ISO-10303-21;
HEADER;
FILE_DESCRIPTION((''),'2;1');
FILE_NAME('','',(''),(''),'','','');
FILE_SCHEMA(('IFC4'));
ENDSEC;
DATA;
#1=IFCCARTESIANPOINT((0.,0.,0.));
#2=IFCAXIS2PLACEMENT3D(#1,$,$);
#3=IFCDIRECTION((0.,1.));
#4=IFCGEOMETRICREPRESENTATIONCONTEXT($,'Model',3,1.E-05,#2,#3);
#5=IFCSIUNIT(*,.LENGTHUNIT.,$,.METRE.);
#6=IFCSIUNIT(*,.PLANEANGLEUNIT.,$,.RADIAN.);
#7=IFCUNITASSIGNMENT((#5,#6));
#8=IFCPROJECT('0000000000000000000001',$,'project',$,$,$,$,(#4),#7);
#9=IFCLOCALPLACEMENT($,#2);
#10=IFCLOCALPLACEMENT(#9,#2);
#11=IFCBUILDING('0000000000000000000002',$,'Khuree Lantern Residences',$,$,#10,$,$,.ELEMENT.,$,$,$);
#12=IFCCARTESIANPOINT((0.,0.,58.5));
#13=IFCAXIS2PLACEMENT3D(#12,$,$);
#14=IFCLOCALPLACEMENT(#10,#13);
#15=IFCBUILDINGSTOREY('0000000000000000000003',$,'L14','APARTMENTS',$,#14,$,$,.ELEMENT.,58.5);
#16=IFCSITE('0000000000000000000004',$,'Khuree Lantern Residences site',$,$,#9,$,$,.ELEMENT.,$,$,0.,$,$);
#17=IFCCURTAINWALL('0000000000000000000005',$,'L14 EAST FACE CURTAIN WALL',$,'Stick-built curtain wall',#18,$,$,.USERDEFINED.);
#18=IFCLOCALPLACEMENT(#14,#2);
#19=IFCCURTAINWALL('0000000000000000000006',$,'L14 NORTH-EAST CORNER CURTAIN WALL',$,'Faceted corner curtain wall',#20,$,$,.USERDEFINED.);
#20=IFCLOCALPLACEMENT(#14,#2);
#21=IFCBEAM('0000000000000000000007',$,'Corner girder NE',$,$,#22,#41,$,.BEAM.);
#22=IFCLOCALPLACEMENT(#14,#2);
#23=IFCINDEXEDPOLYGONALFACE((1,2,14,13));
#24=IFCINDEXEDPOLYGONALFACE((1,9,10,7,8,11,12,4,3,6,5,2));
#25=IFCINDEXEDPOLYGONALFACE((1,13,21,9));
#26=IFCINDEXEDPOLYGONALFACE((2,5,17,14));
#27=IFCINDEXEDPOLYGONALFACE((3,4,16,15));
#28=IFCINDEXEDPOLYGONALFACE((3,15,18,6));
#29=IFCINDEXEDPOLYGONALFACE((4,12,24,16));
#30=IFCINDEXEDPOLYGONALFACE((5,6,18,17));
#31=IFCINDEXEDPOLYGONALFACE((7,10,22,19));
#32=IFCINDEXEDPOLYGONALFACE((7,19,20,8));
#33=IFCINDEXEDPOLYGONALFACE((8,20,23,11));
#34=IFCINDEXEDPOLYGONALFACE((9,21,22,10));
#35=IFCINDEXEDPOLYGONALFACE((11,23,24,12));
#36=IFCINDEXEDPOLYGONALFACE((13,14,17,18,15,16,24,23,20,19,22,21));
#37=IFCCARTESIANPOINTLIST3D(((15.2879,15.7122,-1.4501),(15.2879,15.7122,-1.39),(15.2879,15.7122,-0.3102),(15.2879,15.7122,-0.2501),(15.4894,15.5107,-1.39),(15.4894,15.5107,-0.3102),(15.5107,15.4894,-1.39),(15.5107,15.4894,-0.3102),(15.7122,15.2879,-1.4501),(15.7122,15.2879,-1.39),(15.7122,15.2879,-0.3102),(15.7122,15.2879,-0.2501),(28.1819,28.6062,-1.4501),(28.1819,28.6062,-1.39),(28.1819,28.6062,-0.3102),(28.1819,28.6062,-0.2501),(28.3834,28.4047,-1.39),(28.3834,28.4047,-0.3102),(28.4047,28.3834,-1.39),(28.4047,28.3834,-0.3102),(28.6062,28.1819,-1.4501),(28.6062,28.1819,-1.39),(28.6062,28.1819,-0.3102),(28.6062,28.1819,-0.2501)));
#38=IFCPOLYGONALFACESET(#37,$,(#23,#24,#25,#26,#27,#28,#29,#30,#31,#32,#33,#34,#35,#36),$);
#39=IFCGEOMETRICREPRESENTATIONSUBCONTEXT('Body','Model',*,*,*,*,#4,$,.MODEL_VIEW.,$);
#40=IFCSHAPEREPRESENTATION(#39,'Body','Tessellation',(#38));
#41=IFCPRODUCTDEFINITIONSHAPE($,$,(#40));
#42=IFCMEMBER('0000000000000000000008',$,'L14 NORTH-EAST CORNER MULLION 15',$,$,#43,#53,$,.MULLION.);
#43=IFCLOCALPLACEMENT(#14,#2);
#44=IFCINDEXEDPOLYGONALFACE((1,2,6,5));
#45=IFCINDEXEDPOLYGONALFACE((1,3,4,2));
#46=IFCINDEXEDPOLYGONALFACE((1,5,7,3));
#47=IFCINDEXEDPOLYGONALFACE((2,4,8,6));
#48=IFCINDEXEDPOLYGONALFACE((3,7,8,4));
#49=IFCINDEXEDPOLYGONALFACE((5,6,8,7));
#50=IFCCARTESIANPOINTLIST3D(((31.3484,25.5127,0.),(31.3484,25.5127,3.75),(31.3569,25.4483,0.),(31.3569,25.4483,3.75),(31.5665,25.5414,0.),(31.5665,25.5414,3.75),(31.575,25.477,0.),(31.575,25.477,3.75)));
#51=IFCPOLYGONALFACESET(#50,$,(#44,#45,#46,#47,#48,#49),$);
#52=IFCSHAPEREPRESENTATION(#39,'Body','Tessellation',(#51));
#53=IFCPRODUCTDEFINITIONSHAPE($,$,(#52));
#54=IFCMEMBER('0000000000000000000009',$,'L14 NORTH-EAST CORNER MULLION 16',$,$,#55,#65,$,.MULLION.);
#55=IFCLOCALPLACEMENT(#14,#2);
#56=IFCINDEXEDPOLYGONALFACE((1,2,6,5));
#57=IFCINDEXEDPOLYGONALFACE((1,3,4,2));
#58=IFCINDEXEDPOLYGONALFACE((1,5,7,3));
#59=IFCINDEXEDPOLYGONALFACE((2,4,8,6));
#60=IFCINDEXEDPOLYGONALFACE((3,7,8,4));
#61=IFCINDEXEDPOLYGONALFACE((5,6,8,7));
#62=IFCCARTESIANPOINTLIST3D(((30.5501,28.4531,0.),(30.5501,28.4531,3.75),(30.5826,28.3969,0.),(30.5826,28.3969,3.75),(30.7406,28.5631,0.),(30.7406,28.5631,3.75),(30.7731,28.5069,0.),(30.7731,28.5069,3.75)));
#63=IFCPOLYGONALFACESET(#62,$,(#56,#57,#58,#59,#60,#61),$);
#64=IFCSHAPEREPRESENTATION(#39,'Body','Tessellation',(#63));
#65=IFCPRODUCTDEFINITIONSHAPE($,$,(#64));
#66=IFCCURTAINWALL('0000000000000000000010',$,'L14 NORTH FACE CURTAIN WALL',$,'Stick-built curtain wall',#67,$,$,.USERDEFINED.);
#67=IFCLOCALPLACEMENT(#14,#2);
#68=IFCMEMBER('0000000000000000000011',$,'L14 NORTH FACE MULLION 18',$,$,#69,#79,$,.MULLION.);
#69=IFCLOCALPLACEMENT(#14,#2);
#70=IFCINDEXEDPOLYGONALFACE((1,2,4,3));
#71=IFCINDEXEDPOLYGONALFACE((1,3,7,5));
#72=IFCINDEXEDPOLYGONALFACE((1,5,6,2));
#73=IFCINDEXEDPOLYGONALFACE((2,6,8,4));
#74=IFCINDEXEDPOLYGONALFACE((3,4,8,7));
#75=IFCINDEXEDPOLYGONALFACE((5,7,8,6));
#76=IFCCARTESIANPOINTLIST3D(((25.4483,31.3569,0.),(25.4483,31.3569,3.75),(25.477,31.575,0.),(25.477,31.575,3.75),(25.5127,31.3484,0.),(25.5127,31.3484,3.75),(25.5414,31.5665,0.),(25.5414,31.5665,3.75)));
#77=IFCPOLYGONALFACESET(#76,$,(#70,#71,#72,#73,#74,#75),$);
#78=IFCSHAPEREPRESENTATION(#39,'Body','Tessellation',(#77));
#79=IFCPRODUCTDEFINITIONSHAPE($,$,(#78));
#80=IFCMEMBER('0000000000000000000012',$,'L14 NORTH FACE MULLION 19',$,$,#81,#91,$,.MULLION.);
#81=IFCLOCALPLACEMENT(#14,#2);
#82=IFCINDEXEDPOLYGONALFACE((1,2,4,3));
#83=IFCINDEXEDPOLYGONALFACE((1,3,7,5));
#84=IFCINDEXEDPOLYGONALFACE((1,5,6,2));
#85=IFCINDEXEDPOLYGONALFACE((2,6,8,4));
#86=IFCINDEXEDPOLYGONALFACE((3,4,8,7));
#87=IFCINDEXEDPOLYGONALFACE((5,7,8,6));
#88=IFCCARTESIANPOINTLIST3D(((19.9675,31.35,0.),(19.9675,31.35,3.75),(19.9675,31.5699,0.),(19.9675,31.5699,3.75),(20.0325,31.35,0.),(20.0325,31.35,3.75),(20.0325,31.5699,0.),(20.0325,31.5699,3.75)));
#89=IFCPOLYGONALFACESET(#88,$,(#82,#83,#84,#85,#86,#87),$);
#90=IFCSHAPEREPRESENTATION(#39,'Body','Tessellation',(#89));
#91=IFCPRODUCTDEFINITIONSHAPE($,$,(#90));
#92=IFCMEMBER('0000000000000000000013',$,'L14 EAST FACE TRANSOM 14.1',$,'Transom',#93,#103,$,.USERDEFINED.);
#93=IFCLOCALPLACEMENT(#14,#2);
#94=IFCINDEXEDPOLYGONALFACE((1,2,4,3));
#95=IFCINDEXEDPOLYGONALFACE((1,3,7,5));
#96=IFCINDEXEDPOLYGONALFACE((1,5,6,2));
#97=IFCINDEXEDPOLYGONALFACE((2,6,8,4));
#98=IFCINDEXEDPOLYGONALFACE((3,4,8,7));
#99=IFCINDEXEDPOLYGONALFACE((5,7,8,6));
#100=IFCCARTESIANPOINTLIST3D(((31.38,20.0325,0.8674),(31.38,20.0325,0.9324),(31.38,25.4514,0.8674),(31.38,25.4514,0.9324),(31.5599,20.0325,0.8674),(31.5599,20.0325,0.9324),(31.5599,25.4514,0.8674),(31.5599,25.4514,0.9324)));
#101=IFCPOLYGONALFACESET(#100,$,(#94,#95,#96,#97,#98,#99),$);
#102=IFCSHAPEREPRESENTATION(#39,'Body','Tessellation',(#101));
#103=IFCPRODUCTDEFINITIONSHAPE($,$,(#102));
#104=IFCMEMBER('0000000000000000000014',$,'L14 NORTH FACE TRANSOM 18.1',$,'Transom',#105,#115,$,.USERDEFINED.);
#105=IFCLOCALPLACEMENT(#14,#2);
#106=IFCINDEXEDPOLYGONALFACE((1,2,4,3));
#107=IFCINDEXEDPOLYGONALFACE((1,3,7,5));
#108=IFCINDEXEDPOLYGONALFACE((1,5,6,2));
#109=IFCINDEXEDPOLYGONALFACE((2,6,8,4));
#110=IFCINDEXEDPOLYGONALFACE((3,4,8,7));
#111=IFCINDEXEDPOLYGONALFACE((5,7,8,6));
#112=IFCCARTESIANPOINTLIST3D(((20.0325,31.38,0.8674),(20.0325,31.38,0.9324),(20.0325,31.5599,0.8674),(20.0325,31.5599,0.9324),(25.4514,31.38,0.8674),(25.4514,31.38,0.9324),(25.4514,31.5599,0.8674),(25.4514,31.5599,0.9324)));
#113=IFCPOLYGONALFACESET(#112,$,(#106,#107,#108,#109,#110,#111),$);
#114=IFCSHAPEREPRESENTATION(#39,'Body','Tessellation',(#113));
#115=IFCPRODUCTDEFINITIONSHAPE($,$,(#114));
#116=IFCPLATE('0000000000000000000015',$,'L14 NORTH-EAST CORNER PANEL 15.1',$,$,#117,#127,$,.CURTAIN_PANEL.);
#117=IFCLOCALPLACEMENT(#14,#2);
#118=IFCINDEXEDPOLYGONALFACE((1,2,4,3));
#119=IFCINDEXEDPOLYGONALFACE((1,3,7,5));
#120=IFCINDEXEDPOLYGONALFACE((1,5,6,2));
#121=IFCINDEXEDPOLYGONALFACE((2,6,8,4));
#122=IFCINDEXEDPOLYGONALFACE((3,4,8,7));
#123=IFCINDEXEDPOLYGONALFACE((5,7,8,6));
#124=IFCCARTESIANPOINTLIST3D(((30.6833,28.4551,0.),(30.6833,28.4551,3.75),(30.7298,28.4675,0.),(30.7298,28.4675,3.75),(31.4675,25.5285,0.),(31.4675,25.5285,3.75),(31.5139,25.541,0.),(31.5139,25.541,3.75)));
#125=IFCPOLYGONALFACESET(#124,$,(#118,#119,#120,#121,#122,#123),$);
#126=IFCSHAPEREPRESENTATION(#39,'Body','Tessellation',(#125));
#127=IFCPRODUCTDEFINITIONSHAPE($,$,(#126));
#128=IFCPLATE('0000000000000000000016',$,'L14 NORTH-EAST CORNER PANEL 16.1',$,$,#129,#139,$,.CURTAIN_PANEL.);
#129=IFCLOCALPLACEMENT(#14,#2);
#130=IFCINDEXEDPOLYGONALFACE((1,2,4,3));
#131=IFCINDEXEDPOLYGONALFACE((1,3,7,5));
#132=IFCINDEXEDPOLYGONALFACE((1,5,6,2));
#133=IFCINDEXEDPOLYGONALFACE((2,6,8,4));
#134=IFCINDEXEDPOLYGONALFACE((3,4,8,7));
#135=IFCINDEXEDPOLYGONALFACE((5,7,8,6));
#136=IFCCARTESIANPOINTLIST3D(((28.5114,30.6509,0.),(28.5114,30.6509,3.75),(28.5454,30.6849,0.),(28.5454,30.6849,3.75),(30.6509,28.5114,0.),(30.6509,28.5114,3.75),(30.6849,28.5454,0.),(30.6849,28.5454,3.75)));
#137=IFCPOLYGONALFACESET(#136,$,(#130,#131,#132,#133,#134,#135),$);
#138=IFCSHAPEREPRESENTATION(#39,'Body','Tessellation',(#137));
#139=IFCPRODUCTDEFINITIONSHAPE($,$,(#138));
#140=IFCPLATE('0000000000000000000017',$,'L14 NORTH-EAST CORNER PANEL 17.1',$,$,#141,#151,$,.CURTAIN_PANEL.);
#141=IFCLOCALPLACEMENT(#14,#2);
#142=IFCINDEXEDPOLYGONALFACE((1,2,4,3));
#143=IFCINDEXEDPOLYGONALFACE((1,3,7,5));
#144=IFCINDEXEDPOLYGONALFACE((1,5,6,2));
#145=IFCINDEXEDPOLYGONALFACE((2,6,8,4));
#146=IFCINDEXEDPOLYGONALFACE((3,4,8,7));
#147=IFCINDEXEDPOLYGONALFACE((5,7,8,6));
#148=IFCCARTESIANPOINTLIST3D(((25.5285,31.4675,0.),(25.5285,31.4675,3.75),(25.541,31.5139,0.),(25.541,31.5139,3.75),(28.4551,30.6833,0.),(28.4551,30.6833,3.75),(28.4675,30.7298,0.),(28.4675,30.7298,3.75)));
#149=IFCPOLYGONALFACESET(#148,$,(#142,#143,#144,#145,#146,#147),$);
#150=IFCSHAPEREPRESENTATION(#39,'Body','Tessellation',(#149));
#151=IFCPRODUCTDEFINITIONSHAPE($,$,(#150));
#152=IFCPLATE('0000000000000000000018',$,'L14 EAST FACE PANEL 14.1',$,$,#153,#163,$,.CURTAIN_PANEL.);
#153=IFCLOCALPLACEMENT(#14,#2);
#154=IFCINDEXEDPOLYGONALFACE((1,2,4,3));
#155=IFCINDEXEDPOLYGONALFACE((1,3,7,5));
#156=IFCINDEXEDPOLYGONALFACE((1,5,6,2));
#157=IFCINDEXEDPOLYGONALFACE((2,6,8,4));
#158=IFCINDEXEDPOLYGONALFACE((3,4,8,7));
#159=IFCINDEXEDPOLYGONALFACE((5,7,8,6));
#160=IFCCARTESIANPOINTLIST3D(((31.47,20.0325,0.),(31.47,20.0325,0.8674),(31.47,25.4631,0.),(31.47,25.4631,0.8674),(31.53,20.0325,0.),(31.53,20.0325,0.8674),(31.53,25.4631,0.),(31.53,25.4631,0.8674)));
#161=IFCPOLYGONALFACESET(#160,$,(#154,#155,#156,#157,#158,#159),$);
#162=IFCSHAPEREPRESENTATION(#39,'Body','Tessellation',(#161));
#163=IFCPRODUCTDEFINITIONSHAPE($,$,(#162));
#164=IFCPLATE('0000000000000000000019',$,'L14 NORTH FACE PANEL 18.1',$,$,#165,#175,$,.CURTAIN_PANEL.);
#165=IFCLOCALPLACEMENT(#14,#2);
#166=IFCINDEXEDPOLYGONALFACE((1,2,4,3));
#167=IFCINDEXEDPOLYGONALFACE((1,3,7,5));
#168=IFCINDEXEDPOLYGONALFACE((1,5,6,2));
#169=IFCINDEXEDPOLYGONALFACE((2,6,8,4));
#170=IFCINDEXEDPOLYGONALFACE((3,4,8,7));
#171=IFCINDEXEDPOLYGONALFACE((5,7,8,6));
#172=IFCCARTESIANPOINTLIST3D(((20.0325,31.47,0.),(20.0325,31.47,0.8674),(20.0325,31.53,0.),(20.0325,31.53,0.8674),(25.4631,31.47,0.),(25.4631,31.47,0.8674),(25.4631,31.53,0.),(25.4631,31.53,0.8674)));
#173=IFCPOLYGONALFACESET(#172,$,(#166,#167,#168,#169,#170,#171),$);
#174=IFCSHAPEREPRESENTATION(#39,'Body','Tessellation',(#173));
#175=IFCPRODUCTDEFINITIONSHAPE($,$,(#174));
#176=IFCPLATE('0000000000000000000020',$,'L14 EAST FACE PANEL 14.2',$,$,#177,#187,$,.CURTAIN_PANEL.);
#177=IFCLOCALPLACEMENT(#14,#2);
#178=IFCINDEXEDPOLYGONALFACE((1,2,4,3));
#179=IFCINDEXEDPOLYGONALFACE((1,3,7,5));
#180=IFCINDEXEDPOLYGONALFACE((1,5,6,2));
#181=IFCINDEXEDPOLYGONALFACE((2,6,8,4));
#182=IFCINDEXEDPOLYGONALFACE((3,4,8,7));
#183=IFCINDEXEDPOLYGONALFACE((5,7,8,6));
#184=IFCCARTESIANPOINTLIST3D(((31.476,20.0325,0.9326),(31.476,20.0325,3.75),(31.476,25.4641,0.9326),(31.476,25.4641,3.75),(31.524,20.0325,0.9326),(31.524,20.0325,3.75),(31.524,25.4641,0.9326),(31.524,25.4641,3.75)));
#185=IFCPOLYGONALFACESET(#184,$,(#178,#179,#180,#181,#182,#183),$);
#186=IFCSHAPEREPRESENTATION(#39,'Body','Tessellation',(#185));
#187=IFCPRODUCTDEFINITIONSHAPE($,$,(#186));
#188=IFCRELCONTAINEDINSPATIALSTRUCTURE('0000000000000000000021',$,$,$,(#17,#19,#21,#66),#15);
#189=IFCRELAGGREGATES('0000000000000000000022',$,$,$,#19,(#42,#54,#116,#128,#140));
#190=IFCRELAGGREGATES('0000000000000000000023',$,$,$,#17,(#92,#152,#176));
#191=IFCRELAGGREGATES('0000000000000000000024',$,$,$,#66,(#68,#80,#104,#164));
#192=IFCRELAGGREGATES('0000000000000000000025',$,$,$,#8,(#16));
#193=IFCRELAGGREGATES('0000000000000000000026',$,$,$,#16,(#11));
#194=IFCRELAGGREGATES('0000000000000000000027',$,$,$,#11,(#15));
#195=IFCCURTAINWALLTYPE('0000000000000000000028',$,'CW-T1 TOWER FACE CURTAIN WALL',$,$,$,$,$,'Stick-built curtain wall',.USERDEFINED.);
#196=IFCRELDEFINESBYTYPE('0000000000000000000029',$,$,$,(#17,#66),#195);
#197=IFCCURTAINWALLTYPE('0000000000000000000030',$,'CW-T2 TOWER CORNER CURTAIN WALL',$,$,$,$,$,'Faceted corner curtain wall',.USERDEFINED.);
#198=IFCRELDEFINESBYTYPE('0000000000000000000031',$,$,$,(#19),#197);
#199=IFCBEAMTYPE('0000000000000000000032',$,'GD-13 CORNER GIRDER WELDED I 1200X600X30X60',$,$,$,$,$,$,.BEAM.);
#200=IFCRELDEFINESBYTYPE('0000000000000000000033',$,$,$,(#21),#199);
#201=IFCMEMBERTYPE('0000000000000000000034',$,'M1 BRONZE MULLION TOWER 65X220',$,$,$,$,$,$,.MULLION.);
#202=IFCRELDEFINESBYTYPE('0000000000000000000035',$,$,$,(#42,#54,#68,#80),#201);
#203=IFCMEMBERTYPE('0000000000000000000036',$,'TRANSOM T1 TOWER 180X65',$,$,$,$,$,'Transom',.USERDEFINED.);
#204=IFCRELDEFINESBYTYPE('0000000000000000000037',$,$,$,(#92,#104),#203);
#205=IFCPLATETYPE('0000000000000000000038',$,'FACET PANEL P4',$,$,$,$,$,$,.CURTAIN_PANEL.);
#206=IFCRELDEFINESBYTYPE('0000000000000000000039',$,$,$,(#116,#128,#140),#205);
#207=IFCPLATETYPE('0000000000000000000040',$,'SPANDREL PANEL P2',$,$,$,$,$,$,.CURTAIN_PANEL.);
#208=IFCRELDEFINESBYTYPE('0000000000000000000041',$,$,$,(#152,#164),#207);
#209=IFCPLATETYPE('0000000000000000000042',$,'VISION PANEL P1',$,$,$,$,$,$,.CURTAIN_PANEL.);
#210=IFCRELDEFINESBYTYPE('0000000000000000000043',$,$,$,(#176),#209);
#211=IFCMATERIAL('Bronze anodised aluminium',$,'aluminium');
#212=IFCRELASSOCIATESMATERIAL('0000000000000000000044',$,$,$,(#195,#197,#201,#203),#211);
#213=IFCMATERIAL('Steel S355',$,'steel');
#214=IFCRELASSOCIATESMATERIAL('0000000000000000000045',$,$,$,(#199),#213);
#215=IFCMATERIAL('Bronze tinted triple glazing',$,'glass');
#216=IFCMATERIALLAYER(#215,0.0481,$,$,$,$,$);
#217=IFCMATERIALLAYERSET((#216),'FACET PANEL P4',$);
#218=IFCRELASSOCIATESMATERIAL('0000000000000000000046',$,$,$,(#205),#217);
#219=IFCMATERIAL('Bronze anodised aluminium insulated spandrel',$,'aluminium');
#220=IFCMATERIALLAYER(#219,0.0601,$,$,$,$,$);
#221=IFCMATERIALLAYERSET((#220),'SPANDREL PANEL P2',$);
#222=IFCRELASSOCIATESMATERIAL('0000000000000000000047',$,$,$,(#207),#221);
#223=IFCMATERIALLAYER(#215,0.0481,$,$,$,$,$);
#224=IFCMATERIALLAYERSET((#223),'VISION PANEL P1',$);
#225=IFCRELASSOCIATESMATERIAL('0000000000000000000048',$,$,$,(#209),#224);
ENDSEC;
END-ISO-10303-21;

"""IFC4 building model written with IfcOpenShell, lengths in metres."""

from ifc_helpers import new_model, si_unit, direction, frame, origin, origin_2d, place, context, subcontext, project, spatial, rectangle, i_section, extrude, material, layer, layer_set, material_profile, profile_set, type_object, element, aggregate, save


model = new_model("IFC4")

# Units and contexts
model_context = context("Model", 3, precision=1e-05, world=origin(), true_north=direction((0.0, 1.0)))
body_context = subcontext(model_context, "Body", "Model", "MODEL_VIEW")
ifc_project = project(units=[si_unit("LENGTHUNIT", "METRE"), si_unit("PLANEANGLEUNIT", "RADIAN")], contexts=[model_context])

# Site, building, storey
site_placement = place(None, origin())
site = spatial("IfcSite", under=ifc_project, at=site_placement, Name="Khuree Lantern Residences site", CompositionType="ELEMENT", RefElevation=0.0)
building_placement = place(site_placement, origin())
building = spatial("IfcBuilding", under=site, at=building_placement, Name="Khuree Lantern Residences", CompositionType="ELEMENT")
storey_placement = place(building_placement, frame((0.0, 0.0, 58.5)))
storey = spatial("IfcBuildingStorey", under=building, at=storey_placement, Name="L14", Description="APARTMENTS", CompositionType="ELEMENT", Elevation=58.5)

# Shared definitions
ifc_material_1 = material(Name="Steel S355", Category="steel")

# Curtain walls
ifc_material_2 = material(Name="Bronze anodised aluminium", Category="aluminium")
curtain_wall_type_1 = type_object("IfcCurtainWallType", Name="CW-T1 TOWER FACE CURTAIN WALL", ElementType="Stick-built curtain wall", PredefinedType="USERDEFINED", material=ifc_material_2)
curtain_wall_1_placement = place(storey_placement, origin())
curtain_wall_1 = element("IfcCurtainWall", 1, at=curtain_wall_1_placement, inside=storey, type_object=curtain_wall_type_1, Name="L14 EAST FACE CURTAIN WALL", ObjectType="Stick-built curtain wall", PredefinedType="USERDEFINED")
curtain_wall_type_2 = type_object("IfcCurtainWallType", Name="CW-T2 TOWER CORNER CURTAIN WALL", ElementType="Faceted corner curtain wall", PredefinedType="USERDEFINED", material=ifc_material_2)
curtain_wall_2_placement = place(storey_placement, origin())
curtain_wall_2 = element("IfcCurtainWall", 2, at=curtain_wall_2_placement, inside=storey, type_object=curtain_wall_type_2, Name="L14 NORTH-EAST CORNER CURTAIN WALL", ObjectType="Faceted corner curtain wall", PredefinedType="USERDEFINED")

# Beam
ifc_material_profile_1 = material_profile(ifc_material_1, i_section(OverallWidth=0.6001, OverallDepth=1.2, WebThickness=0.03, FlangeThickness=0.0601, at=origin_2d()), Name="WELDED I 1200X600X30X60")
ifc_profile_set_1 = profile_set([ifc_material_profile_1], Name="Steel S355")
beam_type_1 = type_object("IfcBeamType", Name="GD-13 CORNER GIRDER WELDED I 1200X600X30X60", PredefinedType="BEAM", material=ifc_profile_set_1)
beam_1_placement = place(storey_placement, frame((28.394, 28.394, -0.8501), z_axis=(-0.707107, -0.707107, 0.0), x_axis=(0.707107, -0.707107, 0.0)))
element("IfcBeam", 3, at=beam_1_placement, inside=storey, type_object=beam_type_1, Name="Corner girder NE", PredefinedType="BEAM", context=body_context, shape_type="SweptSolid", body=[
    extrude(i_section(OverallWidth=0.6001, OverallDepth=1.2, WebThickness=0.03, FlangeThickness=0.0601, at=origin_2d()), origin(), (0.0, 0.0, 1.0), 18.2349),
])

# Members
ifc_material_profile_2 = material_profile(ifc_material_2, rectangle(XDim=0.0649, YDim=0.22, at=origin_2d()), Name="M1 65X220")
ifc_profile_set_2 = profile_set([ifc_material_profile_2], Name="Bronze anodised aluminium")
member_type_1 = type_object("IfcMemberType", Name="M1 BRONZE MULLION TOWER 65X220", PredefinedType="MULLION", material=ifc_profile_set_2)
member_1_placement = place(storey_placement, frame((31.4617, 25.4949, 0.0), z_axis=(0.0, 0.0, 1.0), x_axis=(-0.130526, 0.991445, 0.0)))
member_1 = element("IfcMember", 4, at=member_1_placement, type_object=member_type_1, Name="L14 NORTH-EAST CORNER MULLION 15", PredefinedType="MULLION", context=body_context, shape_type="SweptSolid", body=[
    extrude(rectangle(XDim=0.0649, YDim=0.22, at=origin_2d()), origin(), (0.0, 0.0, 1.0), 3.75),
])
member_2_placement = place(storey_placement, frame((30.6616, 28.48, 0.0), z_axis=(0.0, 0.0, 1.0), x_axis=(-0.5, 0.866025, 0.0)))
member_2 = element("IfcMember", 5, at=member_2_placement, type_object=member_type_1, Name="L14 NORTH-EAST CORNER MULLION 16", PredefinedType="MULLION", context=body_context, shape_type="SweptSolid", body=[
    extrude(rectangle(XDim=0.0649, YDim=0.22, at=origin_2d()), origin(), (0.0, 0.0, 1.0), 3.75),
])

# Curtain wall, members
curtain_wall_3_placement = place(storey_placement, origin())
curtain_wall_3 = element("IfcCurtainWall", 6, at=curtain_wall_3_placement, inside=storey, type_object=curtain_wall_type_1, Name="L14 NORTH FACE CURTAIN WALL", ObjectType="Stick-built curtain wall", PredefinedType="USERDEFINED")
member_3_placement = place(storey_placement, frame((25.4949, 31.4617, 0.0), z_axis=(0.0, 0.0, 1.0), x_axis=(-0.991445, 0.130526, 0.0)))
member_3 = element("IfcMember", 7, at=member_3_placement, type_object=member_type_1, Name="L14 NORTH FACE MULLION 18", PredefinedType="MULLION", context=body_context, shape_type="SweptSolid", body=[
    extrude(rectangle(XDim=0.0649, YDim=0.22, at=origin_2d()), origin(), (0.0, 0.0, 1.0), 3.75),
])
member_4_placement = place(storey_placement, frame((20.0, 31.46, 0.0), z_axis=(0.0, 0.0, 1.0), x_axis=(-1.0, 0.0, 0.0)))
member_4 = element("IfcMember", 8, at=member_4_placement, type_object=member_type_1, Name="L14 NORTH FACE MULLION 19", PredefinedType="MULLION", context=body_context, shape_type="SweptSolid", body=[
    extrude(rectangle(XDim=0.0649, YDim=0.22, at=origin_2d()), origin(), (0.0, 0.0, 1.0), 3.75),
])

# Members
ifc_material_profile_3 = material_profile(ifc_material_2, rectangle(XDim=0.1799, YDim=0.0649, at=origin_2d()), Name="T1 180X65")
ifc_profile_set_3 = profile_set([ifc_material_profile_3], Name="Bronze anodised aluminium")
member_type_2 = type_object("IfcMemberType", Name="TRANSOM T1 TOWER 180X65", ElementType="Transom", PredefinedType="USERDEFINED", material=ifc_profile_set_3)
member_5_placement = place(storey_placement, frame((31.47, 20.0325, 0.8999), z_axis=(0.0, 1.0, 0.0), x_axis=(-1.0, 0.0, 0.0)))
member_5 = element("IfcMember", 9, at=member_5_placement, type_object=member_type_2, Name="L14 EAST FACE TRANSOM 14.1", ObjectType="Transom", PredefinedType="USERDEFINED", context=body_context, shape_type="SweptSolid", body=[
    extrude(rectangle(XDim=0.1799, YDim=0.0649, at=origin_2d()), origin(), (0.0, 0.0, 1.0), 5.4189),
])
member_6_placement = place(storey_placement, frame((25.4514, 31.47, 0.8999), z_axis=(-1.0, 0.0, 0.0), x_axis=(0.0, -1.0, 0.0)))
member_6 = element("IfcMember", 10, at=member_6_placement, type_object=member_type_2, Name="L14 NORTH FACE TRANSOM 18.1", ObjectType="Transom", PredefinedType="USERDEFINED", context=body_context, shape_type="SweptSolid", body=[
    extrude(rectangle(XDim=0.1799, YDim=0.0649, at=origin_2d()), origin(), (0.0, 0.0, 1.0), 5.4189),
])

# Plates
ifc_material_3 = material(Name="Bronze tinted triple glazing", Category="glass")
ifc_layer_1 = layer(ifc_material_3, 0.0481)
ifc_layer_set_1 = layer_set([ifc_layer_1], Name="FACET PANEL P4")
plate_type_1 = type_object("IfcPlateType", Name="FACET PANEL P4", PredefinedType="CURTAIN_PANEL", material=ifc_layer_set_1)
plate_1_placement = place(storey_placement, frame((31.0986, 26.998, 0.0), z_axis=(0.0, 0.0, 1.0), x_axis=(-0.258819, 0.965926, 0.0)))
plate_1 = element("IfcPlate", 11, at=plate_1_placement, type_object=plate_type_1, Name="L14 NORTH-EAST CORNER PANEL 15.1", PredefinedType="CURTAIN_PANEL", context=body_context, shape_type="SweptSolid", body=[
    extrude(rectangle(XDim=3.0298, YDim=0.0481, at=origin_2d()), origin(), (0.0, 0.0, 1.0), 3.75),
])
plate_2_placement = place(storey_placement, frame((29.5981, 29.5981, 0.0), z_axis=(0.0, 0.0, 1.0), x_axis=(-0.707107, 0.707107, 0.0)))
plate_2 = element("IfcPlate", 12, at=plate_2_placement, type_object=plate_type_1, Name="L14 NORTH-EAST CORNER PANEL 16.1", PredefinedType="CURTAIN_PANEL", context=body_context, shape_type="SweptSolid", body=[
    extrude(rectangle(XDim=3.0256, YDim=0.0481, at=origin_2d()), origin(), (0.0, 0.0, 1.0), 3.75),
])
plate_3_placement = place(storey_placement, frame((26.998, 31.0986, 0.0), z_axis=(0.0, 0.0, 1.0), x_axis=(-0.965926, 0.258819, 0.0)))
plate_3 = element("IfcPlate", 13, at=plate_3_placement, type_object=plate_type_1, Name="L14 NORTH-EAST CORNER PANEL 17.1", PredefinedType="CURTAIN_PANEL", context=body_context, shape_type="SweptSolid", body=[
    extrude(rectangle(XDim=3.0298, YDim=0.0481, at=origin_2d()), origin(), (0.0, 0.0, 1.0), 3.75),
])
aggregate(curtain_wall_2, [member_1, member_2, plate_1, plate_2, plate_3])
ifc_material_4 = material(Name="Bronze anodised aluminium insulated spandrel", Category="aluminium")
ifc_layer_2 = layer(ifc_material_4, 0.0601)
ifc_layer_set_2 = layer_set([ifc_layer_2], Name="SPANDREL PANEL P2")
plate_type_2 = type_object("IfcPlateType", Name="SPANDREL PANEL P2", PredefinedType="CURTAIN_PANEL", material=ifc_layer_set_2)
plate_4_placement = place(storey_placement, frame((31.5, 22.7478, 0.0), z_axis=(0.0, 0.0, 1.0), x_axis=(0.0, 1.0, 0.0)))
plate_4 = element("IfcPlate", 14, at=plate_4_placement, type_object=plate_type_2, Name="L14 EAST FACE PANEL 14.1", PredefinedType="CURTAIN_PANEL", context=body_context, shape_type="SweptSolid", body=[
    extrude(rectangle(XDim=5.4307, YDim=0.0601, at=origin_2d()), origin(), (0.0, 0.0, 1.0), 0.8674),
])
plate_5_placement = place(storey_placement, frame((22.7478, 31.5, 0.0), z_axis=(0.0, 0.0, 1.0), x_axis=(-1.0, 0.0, 0.0)))
plate_5 = element("IfcPlate", 15, at=plate_5_placement, type_object=plate_type_2, Name="L14 NORTH FACE PANEL 18.1", PredefinedType="CURTAIN_PANEL", context=body_context, shape_type="SweptSolid", body=[
    extrude(rectangle(XDim=5.4307, YDim=0.0601, at=origin_2d()), origin(), (0.0, 0.0, 1.0), 0.8674),
])
ifc_layer_3 = layer(ifc_material_3, 0.0481)
ifc_layer_set_3 = layer_set([ifc_layer_3], Name="VISION PANEL P1")
plate_type_3 = type_object("IfcPlateType", Name="VISION PANEL P1", PredefinedType="CURTAIN_PANEL", material=ifc_layer_set_3)
plate_6_placement = place(storey_placement, frame((31.5, 22.7483, 0.9326), z_axis=(0.0, 0.0, 1.0), x_axis=(0.0, 1.0, 0.0)))
plate_6 = element("IfcPlate", 16, at=plate_6_placement, type_object=plate_type_3, Name="L14 EAST FACE PANEL 14.2", PredefinedType="CURTAIN_PANEL", context=body_context, shape_type="SweptSolid", body=[
    extrude(rectangle(XDim=5.4316, YDim=0.0481, at=origin_2d()), origin(), (0.0, 0.0, 1.0), 2.8174),
])
aggregate(curtain_wall_1, [member_5, plate_4, plate_6])
aggregate(curtain_wall_3, [member_3, member_4, member_6, plate_5])

save(model, "model.ifc")
